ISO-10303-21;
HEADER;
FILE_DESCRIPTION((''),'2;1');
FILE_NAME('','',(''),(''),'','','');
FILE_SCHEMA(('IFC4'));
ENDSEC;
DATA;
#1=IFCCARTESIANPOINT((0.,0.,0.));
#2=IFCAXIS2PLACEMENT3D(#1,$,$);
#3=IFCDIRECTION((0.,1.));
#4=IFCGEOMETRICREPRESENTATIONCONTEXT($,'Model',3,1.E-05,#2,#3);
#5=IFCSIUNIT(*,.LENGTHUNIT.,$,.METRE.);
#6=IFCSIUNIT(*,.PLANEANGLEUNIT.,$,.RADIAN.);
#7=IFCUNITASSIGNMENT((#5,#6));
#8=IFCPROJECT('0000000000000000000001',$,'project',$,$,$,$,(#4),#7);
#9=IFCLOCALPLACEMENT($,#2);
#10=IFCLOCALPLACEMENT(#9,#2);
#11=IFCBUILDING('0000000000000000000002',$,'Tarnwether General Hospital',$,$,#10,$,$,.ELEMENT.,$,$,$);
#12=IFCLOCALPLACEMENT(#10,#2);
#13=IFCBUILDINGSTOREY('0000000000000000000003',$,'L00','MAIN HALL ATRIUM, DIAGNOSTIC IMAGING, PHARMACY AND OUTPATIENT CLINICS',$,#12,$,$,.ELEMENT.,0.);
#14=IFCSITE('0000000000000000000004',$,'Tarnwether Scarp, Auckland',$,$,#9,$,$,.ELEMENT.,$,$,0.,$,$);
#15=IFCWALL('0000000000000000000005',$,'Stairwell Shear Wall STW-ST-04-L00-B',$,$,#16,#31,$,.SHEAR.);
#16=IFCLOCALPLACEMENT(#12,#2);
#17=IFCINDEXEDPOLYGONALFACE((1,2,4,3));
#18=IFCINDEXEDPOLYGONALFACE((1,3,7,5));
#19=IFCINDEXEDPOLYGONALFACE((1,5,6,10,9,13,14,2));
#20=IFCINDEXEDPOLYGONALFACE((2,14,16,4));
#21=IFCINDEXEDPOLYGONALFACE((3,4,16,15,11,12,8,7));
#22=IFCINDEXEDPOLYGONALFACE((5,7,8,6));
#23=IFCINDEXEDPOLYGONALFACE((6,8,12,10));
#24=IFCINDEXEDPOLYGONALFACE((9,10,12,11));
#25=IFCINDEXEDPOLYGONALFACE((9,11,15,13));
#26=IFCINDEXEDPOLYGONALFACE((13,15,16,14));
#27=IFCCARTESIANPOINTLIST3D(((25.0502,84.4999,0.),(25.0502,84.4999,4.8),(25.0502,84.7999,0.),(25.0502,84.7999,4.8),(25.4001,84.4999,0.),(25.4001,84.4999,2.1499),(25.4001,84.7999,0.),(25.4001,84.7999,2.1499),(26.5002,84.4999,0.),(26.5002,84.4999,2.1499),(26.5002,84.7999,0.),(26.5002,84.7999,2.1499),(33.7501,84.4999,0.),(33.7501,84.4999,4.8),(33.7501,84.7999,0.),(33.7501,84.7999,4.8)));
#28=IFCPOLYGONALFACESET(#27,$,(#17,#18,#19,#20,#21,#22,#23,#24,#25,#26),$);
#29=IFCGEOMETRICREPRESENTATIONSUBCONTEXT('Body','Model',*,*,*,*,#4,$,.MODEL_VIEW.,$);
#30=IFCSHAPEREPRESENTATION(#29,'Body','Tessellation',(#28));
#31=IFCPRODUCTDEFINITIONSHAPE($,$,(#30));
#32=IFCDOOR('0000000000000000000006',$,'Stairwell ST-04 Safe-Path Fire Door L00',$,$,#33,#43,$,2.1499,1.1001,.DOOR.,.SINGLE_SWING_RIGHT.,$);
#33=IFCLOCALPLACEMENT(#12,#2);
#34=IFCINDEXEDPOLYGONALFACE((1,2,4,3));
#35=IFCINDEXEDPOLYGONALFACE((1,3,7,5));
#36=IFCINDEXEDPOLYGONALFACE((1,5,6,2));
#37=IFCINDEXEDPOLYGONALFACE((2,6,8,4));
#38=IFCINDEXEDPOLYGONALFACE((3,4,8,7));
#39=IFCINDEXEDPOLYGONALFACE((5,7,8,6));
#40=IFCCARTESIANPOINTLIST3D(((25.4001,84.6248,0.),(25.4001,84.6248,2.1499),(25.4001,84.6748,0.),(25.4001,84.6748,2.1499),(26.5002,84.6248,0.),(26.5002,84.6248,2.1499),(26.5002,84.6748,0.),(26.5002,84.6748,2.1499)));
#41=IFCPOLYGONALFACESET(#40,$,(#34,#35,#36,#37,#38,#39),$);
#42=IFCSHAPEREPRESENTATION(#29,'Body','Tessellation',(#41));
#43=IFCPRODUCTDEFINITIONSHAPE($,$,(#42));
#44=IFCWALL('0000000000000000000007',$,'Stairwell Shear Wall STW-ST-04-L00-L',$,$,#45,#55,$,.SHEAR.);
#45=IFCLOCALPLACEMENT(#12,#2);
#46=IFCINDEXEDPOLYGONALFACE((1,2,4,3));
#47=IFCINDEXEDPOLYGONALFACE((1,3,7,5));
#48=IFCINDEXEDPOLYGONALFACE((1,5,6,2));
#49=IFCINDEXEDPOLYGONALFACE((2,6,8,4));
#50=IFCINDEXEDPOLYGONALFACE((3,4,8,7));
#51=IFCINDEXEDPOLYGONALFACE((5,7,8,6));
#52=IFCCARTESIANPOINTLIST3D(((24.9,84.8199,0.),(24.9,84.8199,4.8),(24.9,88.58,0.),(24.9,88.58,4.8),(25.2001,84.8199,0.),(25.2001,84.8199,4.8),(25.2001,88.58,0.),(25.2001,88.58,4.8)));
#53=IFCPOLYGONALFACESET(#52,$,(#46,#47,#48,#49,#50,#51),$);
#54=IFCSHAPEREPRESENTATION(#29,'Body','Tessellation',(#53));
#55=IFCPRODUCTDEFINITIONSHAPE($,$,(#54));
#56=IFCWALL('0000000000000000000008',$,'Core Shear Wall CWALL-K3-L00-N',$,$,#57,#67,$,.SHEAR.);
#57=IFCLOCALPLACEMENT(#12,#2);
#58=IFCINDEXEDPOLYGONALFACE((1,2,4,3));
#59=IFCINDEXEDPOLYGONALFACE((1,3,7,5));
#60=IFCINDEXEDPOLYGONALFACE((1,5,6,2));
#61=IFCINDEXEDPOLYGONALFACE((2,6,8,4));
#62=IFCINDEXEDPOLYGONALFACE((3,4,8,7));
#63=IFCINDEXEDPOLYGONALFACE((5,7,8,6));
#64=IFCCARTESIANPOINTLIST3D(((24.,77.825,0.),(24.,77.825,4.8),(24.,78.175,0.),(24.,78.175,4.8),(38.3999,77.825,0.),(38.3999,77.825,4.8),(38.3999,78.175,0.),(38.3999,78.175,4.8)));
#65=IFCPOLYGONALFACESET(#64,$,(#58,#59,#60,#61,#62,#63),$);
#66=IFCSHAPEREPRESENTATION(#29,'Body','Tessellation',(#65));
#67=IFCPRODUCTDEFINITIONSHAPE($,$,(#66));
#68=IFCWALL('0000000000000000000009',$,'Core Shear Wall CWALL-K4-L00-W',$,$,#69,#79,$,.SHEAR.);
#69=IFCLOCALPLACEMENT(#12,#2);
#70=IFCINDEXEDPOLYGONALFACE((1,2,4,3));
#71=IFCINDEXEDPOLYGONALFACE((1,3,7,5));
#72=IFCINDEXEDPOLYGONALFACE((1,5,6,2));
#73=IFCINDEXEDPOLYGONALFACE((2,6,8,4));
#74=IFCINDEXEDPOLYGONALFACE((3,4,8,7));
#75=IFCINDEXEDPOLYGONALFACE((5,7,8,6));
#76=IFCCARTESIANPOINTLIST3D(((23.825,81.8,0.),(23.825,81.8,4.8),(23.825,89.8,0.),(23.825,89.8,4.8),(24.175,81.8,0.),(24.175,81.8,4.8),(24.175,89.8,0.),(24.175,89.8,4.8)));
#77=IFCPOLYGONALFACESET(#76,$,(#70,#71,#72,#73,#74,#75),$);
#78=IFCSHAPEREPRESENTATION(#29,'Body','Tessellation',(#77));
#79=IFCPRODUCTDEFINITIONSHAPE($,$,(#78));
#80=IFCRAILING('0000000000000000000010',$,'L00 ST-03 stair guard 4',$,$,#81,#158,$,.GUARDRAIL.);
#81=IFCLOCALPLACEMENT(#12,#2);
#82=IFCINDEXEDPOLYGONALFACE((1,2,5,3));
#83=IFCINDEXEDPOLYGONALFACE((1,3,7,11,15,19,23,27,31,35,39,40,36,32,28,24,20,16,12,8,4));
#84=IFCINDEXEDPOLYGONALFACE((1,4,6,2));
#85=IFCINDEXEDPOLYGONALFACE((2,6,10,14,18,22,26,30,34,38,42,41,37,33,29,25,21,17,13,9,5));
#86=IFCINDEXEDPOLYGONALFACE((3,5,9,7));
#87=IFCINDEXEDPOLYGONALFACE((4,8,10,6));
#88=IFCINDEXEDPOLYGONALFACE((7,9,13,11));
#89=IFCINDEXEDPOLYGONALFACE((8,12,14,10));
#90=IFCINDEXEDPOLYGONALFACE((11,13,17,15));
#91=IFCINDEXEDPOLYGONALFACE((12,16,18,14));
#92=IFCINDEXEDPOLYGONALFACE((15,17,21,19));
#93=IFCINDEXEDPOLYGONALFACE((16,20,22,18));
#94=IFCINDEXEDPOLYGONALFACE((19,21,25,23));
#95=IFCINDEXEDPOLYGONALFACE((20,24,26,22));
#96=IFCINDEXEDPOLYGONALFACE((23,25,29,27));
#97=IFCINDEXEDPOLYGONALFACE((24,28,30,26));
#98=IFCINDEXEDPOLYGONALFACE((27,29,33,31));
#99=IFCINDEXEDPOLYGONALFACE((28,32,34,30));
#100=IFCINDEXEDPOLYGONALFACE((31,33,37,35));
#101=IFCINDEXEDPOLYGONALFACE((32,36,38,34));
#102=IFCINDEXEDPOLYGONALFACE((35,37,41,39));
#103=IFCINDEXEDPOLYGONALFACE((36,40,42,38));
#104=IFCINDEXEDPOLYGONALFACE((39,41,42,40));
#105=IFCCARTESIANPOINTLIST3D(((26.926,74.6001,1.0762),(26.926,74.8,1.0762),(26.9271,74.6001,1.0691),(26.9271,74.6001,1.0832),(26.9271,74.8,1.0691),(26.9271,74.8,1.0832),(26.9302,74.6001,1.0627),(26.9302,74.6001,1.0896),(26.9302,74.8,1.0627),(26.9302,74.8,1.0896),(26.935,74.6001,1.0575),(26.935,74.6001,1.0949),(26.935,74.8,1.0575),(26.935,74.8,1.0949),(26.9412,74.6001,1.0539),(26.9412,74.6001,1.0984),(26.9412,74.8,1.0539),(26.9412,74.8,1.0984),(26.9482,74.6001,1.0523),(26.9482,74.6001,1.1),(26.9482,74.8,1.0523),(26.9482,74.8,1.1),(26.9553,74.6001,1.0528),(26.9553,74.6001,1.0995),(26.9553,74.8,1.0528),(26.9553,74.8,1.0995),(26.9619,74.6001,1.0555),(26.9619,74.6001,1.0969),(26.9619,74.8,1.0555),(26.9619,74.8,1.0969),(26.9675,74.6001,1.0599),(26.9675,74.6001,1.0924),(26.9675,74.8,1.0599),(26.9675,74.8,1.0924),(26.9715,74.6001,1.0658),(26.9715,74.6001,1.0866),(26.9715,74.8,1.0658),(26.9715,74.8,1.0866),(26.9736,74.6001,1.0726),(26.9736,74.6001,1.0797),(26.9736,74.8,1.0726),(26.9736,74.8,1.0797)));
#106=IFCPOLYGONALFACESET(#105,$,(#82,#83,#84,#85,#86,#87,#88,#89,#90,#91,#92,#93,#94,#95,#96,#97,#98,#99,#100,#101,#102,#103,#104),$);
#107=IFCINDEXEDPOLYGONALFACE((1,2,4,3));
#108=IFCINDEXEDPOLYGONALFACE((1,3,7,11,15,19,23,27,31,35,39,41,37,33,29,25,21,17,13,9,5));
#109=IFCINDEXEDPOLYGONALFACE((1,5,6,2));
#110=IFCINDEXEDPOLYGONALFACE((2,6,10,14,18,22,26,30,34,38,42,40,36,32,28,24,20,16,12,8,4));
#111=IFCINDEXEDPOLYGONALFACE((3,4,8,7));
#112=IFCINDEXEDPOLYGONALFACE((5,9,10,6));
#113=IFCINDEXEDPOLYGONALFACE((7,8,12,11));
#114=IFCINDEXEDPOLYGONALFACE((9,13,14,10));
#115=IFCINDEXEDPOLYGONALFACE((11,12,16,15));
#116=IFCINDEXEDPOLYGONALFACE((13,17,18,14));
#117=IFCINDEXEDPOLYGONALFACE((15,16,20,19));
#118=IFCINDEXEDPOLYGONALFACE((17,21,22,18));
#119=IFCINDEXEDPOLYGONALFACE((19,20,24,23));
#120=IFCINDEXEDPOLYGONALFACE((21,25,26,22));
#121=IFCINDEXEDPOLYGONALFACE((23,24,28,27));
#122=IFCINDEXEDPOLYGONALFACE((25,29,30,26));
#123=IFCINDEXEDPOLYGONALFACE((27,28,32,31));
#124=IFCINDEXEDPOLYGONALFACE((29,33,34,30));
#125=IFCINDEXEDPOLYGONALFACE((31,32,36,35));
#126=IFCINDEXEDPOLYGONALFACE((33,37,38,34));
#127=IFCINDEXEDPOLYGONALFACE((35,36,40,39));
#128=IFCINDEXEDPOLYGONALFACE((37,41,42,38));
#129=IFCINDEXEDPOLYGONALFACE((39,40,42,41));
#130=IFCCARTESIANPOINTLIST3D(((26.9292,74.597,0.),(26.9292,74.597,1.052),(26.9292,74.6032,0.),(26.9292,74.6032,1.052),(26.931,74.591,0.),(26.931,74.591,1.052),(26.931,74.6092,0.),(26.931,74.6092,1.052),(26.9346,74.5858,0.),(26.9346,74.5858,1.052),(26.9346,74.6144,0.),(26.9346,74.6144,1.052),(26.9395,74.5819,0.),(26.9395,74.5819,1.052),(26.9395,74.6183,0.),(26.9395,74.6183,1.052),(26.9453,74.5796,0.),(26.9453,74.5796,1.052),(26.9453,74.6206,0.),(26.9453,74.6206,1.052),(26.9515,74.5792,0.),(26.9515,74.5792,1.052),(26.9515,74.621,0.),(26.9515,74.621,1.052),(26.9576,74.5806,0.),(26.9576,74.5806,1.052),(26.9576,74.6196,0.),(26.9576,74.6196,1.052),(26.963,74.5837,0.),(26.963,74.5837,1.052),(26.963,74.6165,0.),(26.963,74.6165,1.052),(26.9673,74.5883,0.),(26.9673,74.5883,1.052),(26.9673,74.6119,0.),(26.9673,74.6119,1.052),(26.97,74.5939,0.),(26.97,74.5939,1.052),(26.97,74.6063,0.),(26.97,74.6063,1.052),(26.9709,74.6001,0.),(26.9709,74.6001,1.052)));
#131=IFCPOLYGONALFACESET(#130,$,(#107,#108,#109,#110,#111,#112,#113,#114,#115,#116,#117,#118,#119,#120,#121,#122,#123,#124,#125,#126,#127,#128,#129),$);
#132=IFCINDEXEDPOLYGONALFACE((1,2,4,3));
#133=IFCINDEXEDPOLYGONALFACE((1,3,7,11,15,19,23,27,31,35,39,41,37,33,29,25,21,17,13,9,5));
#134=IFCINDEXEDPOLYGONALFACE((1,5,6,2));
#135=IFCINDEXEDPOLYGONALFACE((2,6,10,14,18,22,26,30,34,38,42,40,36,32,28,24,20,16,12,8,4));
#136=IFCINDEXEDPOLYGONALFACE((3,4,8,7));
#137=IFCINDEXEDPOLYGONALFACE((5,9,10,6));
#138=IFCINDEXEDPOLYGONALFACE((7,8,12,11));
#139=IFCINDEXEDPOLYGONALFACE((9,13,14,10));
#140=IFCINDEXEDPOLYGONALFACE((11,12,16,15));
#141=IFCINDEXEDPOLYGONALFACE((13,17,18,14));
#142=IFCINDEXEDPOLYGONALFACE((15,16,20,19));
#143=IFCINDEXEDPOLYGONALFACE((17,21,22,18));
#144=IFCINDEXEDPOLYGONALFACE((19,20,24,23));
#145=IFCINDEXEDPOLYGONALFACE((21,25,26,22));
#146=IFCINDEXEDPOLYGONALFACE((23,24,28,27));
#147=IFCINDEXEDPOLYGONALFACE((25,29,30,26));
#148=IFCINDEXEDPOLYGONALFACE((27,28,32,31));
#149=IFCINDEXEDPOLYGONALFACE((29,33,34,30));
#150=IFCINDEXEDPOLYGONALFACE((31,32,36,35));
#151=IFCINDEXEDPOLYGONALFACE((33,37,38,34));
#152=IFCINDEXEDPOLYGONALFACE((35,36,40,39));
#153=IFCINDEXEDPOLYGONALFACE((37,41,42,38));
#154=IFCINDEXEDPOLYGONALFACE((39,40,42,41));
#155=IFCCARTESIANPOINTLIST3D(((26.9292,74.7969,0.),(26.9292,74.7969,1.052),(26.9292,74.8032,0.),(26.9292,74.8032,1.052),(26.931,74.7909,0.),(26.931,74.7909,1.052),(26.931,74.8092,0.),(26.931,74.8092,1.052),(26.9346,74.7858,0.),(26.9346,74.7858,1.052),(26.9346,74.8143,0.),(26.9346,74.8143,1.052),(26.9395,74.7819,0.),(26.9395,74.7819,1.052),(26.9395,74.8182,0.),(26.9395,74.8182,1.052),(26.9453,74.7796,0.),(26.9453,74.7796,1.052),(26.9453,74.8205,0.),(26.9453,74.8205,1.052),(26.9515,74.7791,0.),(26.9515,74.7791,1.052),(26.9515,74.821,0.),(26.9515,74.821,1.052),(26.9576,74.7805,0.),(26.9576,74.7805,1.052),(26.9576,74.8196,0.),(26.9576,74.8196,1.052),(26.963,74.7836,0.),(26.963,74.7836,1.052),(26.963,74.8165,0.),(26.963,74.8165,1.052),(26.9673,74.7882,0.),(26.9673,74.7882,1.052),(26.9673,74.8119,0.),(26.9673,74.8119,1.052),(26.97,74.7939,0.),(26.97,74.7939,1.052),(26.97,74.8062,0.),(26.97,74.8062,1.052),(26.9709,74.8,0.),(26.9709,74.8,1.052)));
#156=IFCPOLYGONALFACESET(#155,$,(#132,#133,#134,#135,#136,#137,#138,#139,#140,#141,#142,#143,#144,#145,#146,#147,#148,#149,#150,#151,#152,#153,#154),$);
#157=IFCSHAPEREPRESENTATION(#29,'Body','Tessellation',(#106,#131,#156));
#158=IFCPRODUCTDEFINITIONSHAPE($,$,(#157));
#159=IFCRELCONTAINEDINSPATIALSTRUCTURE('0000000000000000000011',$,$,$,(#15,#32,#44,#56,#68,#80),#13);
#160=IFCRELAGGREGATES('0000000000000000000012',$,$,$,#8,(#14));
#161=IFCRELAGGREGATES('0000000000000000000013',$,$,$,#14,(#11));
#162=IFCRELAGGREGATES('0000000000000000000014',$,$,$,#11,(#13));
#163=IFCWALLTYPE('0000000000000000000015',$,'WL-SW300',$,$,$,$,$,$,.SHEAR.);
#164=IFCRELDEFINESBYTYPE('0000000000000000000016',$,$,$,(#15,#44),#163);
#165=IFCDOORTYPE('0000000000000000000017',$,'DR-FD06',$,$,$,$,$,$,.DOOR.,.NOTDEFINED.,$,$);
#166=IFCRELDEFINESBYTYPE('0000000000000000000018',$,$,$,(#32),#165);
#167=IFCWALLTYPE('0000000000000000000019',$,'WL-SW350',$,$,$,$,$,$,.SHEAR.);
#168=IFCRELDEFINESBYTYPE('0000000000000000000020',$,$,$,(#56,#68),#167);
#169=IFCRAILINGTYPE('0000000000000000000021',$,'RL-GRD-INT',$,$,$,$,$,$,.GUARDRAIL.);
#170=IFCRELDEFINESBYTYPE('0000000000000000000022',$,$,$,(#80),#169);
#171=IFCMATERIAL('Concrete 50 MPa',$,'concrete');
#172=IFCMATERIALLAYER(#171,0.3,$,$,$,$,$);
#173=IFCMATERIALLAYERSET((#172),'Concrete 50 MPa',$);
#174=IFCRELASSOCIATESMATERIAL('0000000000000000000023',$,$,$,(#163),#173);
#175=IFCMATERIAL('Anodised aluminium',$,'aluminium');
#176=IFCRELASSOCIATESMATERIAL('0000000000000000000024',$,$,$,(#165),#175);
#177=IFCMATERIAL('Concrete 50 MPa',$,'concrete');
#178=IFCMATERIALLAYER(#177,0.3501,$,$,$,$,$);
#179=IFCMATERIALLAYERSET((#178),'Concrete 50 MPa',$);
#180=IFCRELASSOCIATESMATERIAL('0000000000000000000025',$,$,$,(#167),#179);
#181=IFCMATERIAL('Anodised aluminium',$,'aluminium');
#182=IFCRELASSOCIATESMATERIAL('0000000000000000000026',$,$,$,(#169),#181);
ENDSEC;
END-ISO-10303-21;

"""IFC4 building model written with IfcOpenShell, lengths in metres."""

from ifc_helpers import new_model, si_unit, direction, frame, frame_2d, origin, origin_2d, place, context, subcontext, project, spatial, rectangle, circle, extrude, material, layer, layer_set, type_object, element, fill, save


model = new_model("IFC4")

# Units and contexts
model_context = context("Model", 3, precision=1e-05, world=origin(), true_north=direction((0.0, 1.0)))
body_context = subcontext(model_context, "Body", "Model", "MODEL_VIEW")
ifc_project = project(units=[si_unit("LENGTHUNIT", "METRE"), si_unit("PLANEANGLEUNIT", "RADIAN")], contexts=[model_context])

# Site, building, storey
site_placement = place(None, origin())
site = spatial("IfcSite", under=ifc_project, at=site_placement, Name="Tarnwether Scarp, Auckland", CompositionType="ELEMENT", RefElevation=0.0)
building_placement = place(site_placement, origin())
building = spatial("IfcBuilding", under=site, at=building_placement, Name="Tarnwether General Hospital", CompositionType="ELEMENT")
storey_placement = place(building_placement, origin())
storey = spatial("IfcBuildingStorey", under=building, at=storey_placement, Name="L00", Description="MAIN HALL ATRIUM, DIAGNOSTIC IMAGING, PHARMACY AND OUTPATIENT CLINICS", CompositionType="ELEMENT", Elevation=0.0)

# Wall, opening, door
ifc_material_1 = material(Name="Concrete 50 MPa", Category="concrete")
ifc_layer_1 = layer(ifc_material_1, 0.3)
ifc_layer_set_1 = layer_set([ifc_layer_1], Name="Concrete 50 MPa")
wall_type_1 = type_object("IfcWallType", Name="WL-SW300", PredefinedType="SHEAR", material=ifc_layer_set_1)
wall_1_placement = place(storey_placement, frame((25.05, 84.6499, 0.0), z_axis=(0.0, 0.0, 1.0), x_axis=(1.0, 0.0, 0.0)))
wall_1 = element("IfcWall", 1, at=wall_1_placement, inside=storey, type_object=wall_type_1, Name="Stairwell Shear Wall STW-ST-04-L00-B", PredefinedType="SHEAR", context=body_context, shape_type="SweptSolid", body=[
    extrude(rectangle(XDim=8.7, YDim=0.3, at=frame_2d((4.3501, 0.0))), origin(), (0.0, 0.0, 1.0), 4.8),
])
opening_placement = place(wall_1_placement, frame((0.3501, 0.0, 0.0)))
opening = element("IfcOpeningElement", 2, at=opening_placement, cuts=wall_1, PredefinedType="OPENING", context=body_context, shape_type="SweptSolid", body=[
    extrude(rectangle(XDim=1.1001, YDim=2.1499, at=frame_2d((0.55, 1.075))), frame((0.0, 0.1602, 0.0), z_axis=(0.0, -1.0, 0.0), x_axis=(1.0, 0.0, 0.0)), (0.0, 0.0, 1.0), 0.3201),
])
ifc_material_2 = material(Name="Anodised aluminium", Category="aluminium")
door_type = type_object("IfcDoorType", Name="DR-FD06", OperationType="NOTDEFINED", PredefinedType="DOOR", material=ifc_material_2)
door_placement = place(opening_placement, origin())
door = element("IfcDoor", 3, at=door_placement, inside=storey, type_object=door_type, Name="Stairwell ST-04 Safe-Path Fire Door L00", OperationType="SINGLE_SWING_RIGHT", OverallHeight=2.1499, OverallWidth=1.1001, PredefinedType="DOOR", context=body_context, shape_type="SweptSolid", body=[
    extrude(rectangle(XDim=1.1001, YDim=2.1499, at=frame_2d((0.55, 1.075))), frame((0.0, 0.0249, 0.0), z_axis=(0.0, -1.0, 0.0), x_axis=(1.0, 0.0, 0.0)), (0.0, 0.0, 1.0), 0.05),
])
fill(opening, door)

# Walls
wall_2_placement = place(storey_placement, frame((25.05, 84.8201, 0.0), z_axis=(0.0, 0.0, 1.0), x_axis=(0.0, 1.0, 0.0)))
element("IfcWall", 4, at=wall_2_placement, inside=storey, type_object=wall_type_1, Name="Stairwell Shear Wall STW-ST-04-L00-L", PredefinedType="SHEAR", context=body_context, shape_type="SweptSolid", body=[
    extrude(rectangle(XDim=3.76, YDim=0.3, at=frame_2d((1.8799, 0.0))), origin(), (0.0, 0.0, 1.0), 4.8),
])
ifc_material_3 = material(Name="Concrete 50 MPa", Category="concrete")
ifc_layer_2 = layer(ifc_material_3, 0.3501)
ifc_layer_set_2 = layer_set([ifc_layer_2], Name="Concrete 50 MPa")
wall_type_2 = type_object("IfcWallType", Name="WL-SW350", PredefinedType="SHEAR", material=ifc_layer_set_2)
wall_3_placement = place(storey_placement, frame((24.0, 78.0, 0.0), z_axis=(0.0, 0.0, 1.0), x_axis=(1.0, 0.0, 0.0)))
element("IfcWall", 5, at=wall_3_placement, inside=storey, type_object=wall_type_2, Name="Core Shear Wall CWALL-K3-L00-N", PredefinedType="SHEAR", context=body_context, shape_type="SweptSolid", body=[
    extrude(rectangle(XDim=14.3999, YDim=0.3501, at=frame_2d((7.2, 0.0))), origin(), (0.0, 0.0, 1.0), 4.8),
])
wall_4_placement = place(storey_placement, frame((24.0, 81.8, 0.0), z_axis=(0.0, 0.0, 1.0), x_axis=(0.0, 1.0, 0.0)))
element("IfcWall", 6, at=wall_4_placement, inside=storey, type_object=wall_type_2, Name="Core Shear Wall CWALL-K4-L00-W", PredefinedType="SHEAR", context=body_context, shape_type="SweptSolid", body=[
    extrude(rectangle(XDim=8.0, YDim=0.3501, at=frame_2d((4.0, 0.0))), origin(), (0.0, 0.0, 1.0), 4.8),
])

# Railing
ifc_material_4 = material(Name="Anodised aluminium", Category="aluminium")
railing_type = type_object("IfcRailingType", Name="RL-GRD-INT", PredefinedType="GUARDRAIL", material=ifc_material_4)
for number, where, name in (
    (7, (26.95, 74.6001, 0.0), "L00 ST-03 stair guard 4"),
):
    element("IfcRailing", number, at=place(storey_placement, frame(where)), inside=storey, type_object=railing_type, Name=name, PredefinedType="GUARDRAIL", context=body_context, shape_type="SweptSolid", body=[
        extrude(circle(Radius=0.0239, at=origin_2d()), frame((0.0, 0.0, 1.0762), z_axis=(0.0, 1.0, 0.0), x_axis=(-1.0, 0.0, 0.0)), (0.0, 0.0, 1.0), 0.2),
        extrude(circle(Radius=0.021, at=origin_2d()), origin(), (0.0, 0.0, 1.0), 1.052),
        extrude(circle(Radius=0.021, at=origin_2d()), frame((0.0, 0.2, 0.0)), (0.0, 0.0, 1.0), 1.052),
    ])

save(model, "model.ifc")
